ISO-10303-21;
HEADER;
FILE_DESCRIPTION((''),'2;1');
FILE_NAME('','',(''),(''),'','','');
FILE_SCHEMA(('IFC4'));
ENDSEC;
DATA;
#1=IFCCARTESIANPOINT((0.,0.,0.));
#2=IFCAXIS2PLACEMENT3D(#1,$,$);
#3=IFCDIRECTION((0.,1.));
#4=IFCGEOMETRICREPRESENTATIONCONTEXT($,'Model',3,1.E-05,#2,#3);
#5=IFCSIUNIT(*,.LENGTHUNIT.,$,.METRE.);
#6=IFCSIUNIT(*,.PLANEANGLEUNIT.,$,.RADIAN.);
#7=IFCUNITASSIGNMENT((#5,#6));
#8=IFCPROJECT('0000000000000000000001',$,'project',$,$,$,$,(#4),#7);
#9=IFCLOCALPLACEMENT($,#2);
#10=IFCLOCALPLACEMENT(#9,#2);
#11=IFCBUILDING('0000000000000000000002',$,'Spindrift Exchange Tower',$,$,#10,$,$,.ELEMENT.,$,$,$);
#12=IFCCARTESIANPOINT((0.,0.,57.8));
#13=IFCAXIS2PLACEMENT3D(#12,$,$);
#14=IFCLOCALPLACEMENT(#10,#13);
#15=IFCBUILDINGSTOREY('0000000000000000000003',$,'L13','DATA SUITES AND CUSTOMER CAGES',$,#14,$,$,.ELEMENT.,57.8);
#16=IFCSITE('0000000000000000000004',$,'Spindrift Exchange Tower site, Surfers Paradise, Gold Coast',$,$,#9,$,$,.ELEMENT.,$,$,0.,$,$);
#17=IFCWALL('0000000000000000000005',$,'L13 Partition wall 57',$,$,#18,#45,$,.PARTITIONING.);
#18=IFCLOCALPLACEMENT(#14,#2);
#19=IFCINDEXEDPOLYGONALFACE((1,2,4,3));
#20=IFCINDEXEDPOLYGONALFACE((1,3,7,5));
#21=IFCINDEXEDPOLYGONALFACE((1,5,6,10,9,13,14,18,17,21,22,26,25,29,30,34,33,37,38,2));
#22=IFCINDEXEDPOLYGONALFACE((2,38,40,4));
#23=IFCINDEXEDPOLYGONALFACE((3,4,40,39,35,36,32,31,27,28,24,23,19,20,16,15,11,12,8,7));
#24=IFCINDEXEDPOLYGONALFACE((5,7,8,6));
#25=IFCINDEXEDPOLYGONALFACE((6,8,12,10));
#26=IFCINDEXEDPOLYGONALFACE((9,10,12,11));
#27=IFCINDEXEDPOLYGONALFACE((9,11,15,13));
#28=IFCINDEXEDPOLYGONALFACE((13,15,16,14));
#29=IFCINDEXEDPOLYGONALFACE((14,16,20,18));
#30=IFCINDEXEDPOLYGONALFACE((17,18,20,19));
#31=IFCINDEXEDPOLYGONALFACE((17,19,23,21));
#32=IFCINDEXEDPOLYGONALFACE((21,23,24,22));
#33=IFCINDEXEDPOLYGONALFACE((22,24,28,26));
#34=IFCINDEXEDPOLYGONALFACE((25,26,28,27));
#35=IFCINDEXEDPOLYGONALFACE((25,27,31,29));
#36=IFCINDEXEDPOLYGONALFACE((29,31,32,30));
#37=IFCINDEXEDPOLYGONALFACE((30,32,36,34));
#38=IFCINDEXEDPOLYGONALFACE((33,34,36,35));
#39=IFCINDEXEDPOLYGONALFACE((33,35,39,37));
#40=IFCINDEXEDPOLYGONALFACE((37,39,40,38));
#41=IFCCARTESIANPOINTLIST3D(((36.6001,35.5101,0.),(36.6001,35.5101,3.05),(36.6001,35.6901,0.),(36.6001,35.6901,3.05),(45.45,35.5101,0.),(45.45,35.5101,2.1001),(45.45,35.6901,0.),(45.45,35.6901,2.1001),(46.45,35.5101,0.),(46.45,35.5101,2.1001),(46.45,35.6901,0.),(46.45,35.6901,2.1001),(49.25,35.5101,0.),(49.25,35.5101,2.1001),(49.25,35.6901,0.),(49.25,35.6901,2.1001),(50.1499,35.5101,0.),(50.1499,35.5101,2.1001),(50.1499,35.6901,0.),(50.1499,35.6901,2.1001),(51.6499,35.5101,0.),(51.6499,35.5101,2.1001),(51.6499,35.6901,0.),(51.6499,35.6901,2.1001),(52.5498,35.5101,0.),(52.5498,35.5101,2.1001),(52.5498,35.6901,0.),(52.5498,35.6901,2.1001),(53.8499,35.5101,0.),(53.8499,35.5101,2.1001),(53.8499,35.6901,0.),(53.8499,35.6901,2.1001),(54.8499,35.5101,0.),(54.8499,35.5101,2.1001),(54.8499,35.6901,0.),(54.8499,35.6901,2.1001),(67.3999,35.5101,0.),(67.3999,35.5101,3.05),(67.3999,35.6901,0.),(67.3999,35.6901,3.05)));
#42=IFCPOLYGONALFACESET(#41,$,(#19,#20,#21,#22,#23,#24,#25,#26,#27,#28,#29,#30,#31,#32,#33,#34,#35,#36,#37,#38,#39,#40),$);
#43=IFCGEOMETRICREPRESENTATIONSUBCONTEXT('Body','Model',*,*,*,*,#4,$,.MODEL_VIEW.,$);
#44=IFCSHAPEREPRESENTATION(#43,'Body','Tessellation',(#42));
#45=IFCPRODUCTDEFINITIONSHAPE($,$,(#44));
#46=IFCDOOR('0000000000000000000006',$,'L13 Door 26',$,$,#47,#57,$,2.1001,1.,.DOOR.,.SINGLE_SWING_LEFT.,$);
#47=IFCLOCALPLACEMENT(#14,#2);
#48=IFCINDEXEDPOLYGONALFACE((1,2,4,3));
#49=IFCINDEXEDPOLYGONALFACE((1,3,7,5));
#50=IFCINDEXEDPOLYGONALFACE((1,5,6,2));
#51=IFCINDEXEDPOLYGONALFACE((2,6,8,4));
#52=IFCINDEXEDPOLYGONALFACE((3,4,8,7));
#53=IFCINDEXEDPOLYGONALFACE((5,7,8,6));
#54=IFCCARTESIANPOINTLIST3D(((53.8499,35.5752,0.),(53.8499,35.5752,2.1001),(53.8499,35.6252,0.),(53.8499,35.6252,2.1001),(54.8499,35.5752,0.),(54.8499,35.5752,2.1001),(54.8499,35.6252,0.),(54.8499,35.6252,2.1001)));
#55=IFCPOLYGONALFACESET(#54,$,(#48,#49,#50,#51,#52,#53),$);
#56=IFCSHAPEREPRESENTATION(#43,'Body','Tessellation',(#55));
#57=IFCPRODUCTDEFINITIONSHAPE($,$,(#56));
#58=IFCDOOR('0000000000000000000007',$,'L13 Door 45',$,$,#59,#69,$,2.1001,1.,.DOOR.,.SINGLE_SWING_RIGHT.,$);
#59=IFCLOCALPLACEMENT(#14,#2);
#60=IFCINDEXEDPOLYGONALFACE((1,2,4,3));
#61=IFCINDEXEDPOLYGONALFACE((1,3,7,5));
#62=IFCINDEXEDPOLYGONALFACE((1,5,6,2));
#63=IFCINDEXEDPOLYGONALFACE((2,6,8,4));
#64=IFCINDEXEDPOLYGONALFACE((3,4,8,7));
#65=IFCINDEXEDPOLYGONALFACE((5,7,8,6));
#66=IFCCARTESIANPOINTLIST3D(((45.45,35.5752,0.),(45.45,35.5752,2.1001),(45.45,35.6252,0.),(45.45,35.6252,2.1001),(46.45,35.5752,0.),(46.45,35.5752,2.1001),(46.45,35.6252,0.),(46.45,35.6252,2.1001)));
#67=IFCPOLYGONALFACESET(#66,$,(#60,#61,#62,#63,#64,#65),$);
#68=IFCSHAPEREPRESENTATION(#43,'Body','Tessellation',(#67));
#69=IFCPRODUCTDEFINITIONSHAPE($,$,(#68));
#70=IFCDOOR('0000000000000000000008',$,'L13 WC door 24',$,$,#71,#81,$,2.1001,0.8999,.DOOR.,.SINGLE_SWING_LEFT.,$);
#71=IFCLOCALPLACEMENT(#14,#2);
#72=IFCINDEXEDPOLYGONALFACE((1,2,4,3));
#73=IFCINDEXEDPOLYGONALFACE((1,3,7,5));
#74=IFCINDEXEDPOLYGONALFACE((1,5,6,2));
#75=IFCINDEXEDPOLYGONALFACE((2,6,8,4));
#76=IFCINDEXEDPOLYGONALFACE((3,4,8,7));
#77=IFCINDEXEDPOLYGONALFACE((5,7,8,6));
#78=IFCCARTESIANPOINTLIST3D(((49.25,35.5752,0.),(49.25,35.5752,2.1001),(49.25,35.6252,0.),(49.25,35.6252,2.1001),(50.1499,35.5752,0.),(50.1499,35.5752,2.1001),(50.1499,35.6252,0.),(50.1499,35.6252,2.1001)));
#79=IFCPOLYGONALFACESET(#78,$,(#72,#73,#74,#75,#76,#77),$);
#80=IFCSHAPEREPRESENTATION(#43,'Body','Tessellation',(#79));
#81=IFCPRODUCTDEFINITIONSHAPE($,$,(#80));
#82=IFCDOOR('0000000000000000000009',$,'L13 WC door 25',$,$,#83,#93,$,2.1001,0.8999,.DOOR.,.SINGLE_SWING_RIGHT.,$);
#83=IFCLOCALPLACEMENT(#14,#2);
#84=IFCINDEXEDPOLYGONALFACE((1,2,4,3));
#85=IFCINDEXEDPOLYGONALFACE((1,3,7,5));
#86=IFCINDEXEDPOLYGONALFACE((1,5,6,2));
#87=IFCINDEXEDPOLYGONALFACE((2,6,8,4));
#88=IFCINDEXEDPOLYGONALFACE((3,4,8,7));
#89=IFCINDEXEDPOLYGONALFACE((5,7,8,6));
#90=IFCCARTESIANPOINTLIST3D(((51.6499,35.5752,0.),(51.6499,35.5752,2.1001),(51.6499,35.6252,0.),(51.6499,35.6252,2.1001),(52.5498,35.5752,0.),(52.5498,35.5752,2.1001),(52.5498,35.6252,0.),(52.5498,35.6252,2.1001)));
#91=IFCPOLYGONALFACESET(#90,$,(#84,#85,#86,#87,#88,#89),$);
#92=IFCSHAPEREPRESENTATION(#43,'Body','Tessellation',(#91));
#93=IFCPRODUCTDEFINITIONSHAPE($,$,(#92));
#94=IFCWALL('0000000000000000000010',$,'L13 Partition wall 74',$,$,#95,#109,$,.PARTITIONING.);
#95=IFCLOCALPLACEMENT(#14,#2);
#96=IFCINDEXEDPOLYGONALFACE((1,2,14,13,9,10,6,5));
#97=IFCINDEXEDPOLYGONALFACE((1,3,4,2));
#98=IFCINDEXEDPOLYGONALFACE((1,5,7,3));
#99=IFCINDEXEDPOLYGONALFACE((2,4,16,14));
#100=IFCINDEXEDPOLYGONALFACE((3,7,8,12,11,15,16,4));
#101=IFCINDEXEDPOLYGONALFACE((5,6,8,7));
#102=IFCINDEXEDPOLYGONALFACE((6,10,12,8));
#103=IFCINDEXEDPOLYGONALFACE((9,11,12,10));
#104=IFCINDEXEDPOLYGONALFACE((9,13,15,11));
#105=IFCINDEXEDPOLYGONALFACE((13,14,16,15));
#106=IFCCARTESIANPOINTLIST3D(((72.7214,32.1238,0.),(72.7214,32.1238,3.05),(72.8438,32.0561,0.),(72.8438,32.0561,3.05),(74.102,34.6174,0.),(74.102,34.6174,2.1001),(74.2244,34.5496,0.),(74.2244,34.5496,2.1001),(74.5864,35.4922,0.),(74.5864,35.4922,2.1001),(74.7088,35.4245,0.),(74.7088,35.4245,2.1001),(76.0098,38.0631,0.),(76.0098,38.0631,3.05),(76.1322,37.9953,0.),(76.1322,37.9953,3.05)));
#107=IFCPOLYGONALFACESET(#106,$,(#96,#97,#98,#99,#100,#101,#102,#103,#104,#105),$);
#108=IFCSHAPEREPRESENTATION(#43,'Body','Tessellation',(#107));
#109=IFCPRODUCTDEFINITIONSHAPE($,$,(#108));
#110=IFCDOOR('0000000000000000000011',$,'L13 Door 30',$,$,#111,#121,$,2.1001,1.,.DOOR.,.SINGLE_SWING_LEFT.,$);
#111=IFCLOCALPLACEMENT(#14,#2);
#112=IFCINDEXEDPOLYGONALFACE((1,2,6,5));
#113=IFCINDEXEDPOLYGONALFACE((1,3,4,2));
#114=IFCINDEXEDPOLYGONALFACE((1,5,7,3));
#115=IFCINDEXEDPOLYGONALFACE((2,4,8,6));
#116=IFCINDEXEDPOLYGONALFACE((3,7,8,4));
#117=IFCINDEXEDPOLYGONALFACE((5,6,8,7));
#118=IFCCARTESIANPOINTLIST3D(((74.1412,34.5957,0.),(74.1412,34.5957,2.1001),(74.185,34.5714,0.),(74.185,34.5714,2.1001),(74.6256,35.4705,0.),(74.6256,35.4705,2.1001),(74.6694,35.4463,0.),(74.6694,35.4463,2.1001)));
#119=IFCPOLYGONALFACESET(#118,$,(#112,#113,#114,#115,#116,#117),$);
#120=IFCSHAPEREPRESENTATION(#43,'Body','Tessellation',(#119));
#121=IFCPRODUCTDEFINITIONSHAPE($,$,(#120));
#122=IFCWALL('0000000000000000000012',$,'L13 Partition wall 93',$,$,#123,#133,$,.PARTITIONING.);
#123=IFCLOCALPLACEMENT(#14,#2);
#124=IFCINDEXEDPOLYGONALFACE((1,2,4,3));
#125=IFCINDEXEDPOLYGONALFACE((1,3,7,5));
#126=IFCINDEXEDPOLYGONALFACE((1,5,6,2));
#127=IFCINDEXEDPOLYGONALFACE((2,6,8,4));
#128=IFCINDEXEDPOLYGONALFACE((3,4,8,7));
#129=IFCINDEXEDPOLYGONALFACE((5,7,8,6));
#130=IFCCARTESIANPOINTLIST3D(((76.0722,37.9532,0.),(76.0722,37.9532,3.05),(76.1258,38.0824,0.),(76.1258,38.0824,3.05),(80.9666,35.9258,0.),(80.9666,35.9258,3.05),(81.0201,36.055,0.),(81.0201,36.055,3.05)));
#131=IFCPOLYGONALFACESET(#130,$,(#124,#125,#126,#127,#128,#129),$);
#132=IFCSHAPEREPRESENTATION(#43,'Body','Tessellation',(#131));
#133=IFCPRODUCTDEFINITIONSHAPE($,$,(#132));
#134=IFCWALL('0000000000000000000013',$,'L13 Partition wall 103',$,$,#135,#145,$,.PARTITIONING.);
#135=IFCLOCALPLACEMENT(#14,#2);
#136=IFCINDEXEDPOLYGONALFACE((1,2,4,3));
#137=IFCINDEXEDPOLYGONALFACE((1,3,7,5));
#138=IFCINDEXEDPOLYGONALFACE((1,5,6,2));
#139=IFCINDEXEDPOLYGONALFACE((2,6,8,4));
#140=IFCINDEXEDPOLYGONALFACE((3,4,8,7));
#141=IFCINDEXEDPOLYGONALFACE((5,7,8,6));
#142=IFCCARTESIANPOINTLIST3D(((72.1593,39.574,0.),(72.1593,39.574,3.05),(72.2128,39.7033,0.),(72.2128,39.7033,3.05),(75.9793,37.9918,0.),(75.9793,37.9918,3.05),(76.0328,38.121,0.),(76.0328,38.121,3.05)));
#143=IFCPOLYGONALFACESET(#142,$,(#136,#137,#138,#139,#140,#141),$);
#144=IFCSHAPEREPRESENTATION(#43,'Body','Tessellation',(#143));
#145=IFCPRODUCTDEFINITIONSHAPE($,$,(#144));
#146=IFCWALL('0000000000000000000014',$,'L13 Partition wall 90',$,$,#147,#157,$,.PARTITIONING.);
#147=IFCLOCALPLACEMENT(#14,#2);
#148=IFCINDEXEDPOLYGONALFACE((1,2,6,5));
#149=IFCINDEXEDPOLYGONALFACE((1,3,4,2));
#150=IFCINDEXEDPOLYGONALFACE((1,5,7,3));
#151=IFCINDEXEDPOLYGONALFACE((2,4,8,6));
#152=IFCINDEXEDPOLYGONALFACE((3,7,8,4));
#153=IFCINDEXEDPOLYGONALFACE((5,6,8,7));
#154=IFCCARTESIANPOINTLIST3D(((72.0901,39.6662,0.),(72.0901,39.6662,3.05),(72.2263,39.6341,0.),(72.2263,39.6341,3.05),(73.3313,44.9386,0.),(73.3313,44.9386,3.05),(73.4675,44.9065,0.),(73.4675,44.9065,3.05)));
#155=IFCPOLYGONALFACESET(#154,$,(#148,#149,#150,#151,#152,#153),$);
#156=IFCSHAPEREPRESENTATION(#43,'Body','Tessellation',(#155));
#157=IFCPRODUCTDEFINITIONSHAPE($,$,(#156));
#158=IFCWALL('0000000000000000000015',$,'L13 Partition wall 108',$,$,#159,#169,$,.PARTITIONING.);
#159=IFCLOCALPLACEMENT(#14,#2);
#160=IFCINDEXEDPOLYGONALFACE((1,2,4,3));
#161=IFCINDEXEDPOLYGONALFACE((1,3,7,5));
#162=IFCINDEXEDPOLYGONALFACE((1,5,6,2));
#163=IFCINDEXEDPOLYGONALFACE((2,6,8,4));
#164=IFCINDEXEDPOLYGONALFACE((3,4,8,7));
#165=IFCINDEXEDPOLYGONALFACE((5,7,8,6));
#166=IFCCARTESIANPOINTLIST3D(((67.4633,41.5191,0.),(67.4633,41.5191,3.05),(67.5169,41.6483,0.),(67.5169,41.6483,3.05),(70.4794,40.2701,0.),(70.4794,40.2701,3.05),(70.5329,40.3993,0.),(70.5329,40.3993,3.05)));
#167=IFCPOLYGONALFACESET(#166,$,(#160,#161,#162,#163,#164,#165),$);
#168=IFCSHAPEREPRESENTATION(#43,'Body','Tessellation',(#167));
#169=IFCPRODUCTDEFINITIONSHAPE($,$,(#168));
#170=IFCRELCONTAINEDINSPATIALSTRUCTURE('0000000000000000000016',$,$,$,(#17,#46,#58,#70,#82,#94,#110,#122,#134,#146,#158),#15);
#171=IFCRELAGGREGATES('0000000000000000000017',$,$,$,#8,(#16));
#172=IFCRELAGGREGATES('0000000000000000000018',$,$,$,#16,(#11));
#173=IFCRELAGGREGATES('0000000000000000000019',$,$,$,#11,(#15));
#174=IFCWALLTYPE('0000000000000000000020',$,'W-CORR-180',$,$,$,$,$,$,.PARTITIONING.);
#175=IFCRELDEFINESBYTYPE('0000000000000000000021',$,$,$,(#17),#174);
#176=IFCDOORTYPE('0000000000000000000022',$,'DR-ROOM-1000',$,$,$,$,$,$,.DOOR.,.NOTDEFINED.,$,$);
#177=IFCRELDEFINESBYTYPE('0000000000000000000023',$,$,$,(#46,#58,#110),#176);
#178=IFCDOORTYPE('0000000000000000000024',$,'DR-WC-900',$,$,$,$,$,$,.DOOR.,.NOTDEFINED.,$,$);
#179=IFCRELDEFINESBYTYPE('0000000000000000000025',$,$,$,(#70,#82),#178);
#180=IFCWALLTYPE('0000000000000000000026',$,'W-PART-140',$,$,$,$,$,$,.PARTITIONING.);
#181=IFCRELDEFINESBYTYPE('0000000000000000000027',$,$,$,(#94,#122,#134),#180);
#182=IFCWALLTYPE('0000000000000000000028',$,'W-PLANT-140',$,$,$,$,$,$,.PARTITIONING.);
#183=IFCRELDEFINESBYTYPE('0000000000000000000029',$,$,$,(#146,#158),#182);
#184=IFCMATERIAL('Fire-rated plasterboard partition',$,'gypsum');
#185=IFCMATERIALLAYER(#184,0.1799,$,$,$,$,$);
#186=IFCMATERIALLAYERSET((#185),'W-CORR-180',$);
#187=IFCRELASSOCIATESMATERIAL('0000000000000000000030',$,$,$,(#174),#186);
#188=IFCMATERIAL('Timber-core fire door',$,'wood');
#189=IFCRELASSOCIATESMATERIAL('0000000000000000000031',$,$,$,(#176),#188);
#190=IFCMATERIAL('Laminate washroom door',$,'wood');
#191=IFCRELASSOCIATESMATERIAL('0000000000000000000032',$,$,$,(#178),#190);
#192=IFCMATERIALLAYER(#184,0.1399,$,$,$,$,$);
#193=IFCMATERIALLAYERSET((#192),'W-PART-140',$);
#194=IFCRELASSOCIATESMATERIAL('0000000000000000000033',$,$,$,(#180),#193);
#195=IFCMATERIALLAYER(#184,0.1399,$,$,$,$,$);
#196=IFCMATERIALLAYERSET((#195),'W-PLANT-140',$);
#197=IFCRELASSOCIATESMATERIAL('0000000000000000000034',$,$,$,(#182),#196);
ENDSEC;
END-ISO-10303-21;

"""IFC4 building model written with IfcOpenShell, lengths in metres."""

from ifc_helpers import new_model, si_unit, direction, frame, frame_2d, origin, place, context, subcontext, project, spatial, rectangle, extrude, source, transform, mapped, material, layer, layer_set, type_object, element, fill, save


model = new_model("IFC4")

# Units and contexts
model_context = context("Model", 3, precision=1e-05, world=origin(), true_north=direction((0.0, 1.0)))
body_context = subcontext(model_context, "Body", "Model", "MODEL_VIEW")
ifc_project = project(units=[si_unit("LENGTHUNIT", "METRE"), si_unit("PLANEANGLEUNIT", "RADIAN")], contexts=[model_context])

# Site, building, storey
site_placement = place(None, origin())
site = spatial("IfcSite", under=ifc_project, at=site_placement, Name="Spindrift Exchange Tower site, Surfers Paradise, Gold Coast", CompositionType="ELEMENT", RefElevation=0.0)
building_placement = place(site_placement, origin())
building = spatial("IfcBuilding", under=site, at=building_placement, Name="Spindrift Exchange Tower", CompositionType="ELEMENT")
storey_placement = place(building_placement, frame((0.0, 0.0, 57.8)))
storey = spatial("IfcBuildingStorey", under=building, at=storey_placement, Name="L13", Description="DATA SUITES AND CUSTOMER CAGES", CompositionType="ELEMENT", Elevation=57.8)

# Wall, openings, doors
ifc_material_1 = material(Name="Fire-rated plasterboard partition", Category="gypsum")
ifc_layer_1 = layer(ifc_material_1, 0.1799)
ifc_layer_set_1 = layer_set([ifc_layer_1], Name="W-CORR-180")
wall_type_1 = type_object("IfcWallType", Name="W-CORR-180", PredefinedType="PARTITIONING", material=ifc_layer_set_1)
wall_1_placement = place(storey_placement, frame((67.3999, 35.6001, 0.0), z_axis=(0.0, 0.0, 1.0), x_axis=(-1.0, 0.0, 0.0)))
wall_1 = element("IfcWall", 1, at=wall_1_placement, inside=storey, type_object=wall_type_1, Name="L13 Partition wall 57", PredefinedType="PARTITIONING", context=body_context, shape_type="SweptSolid", body=[
    extrude(rectangle(XDim=30.7998, YDim=0.1799, at=frame_2d((15.3999, 0.0))), origin(), (0.0, 0.0, 1.0), 3.05),
])
opening_1_placement = place(wall_1_placement, frame((17.25, 0.0, 0.0)))
opening_1 = element("IfcOpeningElement", 2, at=opening_1_placement, cuts=wall_1, PredefinedType="OPENING", context=body_context, shape_type="SweptSolid", body=[
    extrude(rectangle(XDim=0.8999, YDim=2.1001, at=frame_2d((0.45, 1.05))), frame((0.0, 0.0999, 0.0), z_axis=(0.0, -1.0, 0.0), x_axis=(1.0, 0.0, 0.0)), (0.0, 0.0, 1.0), 0.2),
])
opening_2_placement = place(wall_1_placement, frame((14.8501, 0.0, 0.0)))
opening_2 = element("IfcOpeningElement", 3, at=opening_2_placement, cuts=wall_1, PredefinedType="OPENING", context=body_context, shape_type="SweptSolid", body=[
    extrude(rectangle(XDim=0.8999, YDim=2.1001, at=frame_2d((0.45, 1.05))), frame((0.0, 0.0999, 0.0), z_axis=(0.0, -1.0, 0.0), x_axis=(1.0, 0.0, 0.0)), (0.0, 0.0, 1.0), 0.2),
])
opening_3_placement = place(wall_1_placement, frame((12.55, 0.0, 0.0)))
opening_3 = element("IfcOpeningElement", 4, at=opening_3_placement, cuts=wall_1, PredefinedType="OPENING", context=body_context, shape_type="SweptSolid", body=[
    extrude(rectangle(XDim=1.0, YDim=2.1001, at=frame_2d((0.5, 1.05))), frame((0.0, 0.0999, 0.0), z_axis=(0.0, -1.0, 0.0), x_axis=(1.0, 0.0, 0.0)), (0.0, 0.0, 1.0), 0.2),
])
opening_4_placement = place(wall_1_placement, frame((20.95, 0.0, 0.0)))
opening_4 = element("IfcOpeningElement", 5, at=opening_4_placement, cuts=wall_1, PredefinedType="OPENING", context=body_context, shape_type="SweptSolid", body=[
    extrude(rectangle(XDim=1.0, YDim=2.1001, at=frame_2d((0.5, 1.05))), frame((0.0, 0.0999, 0.0), z_axis=(0.0, -1.0, 0.0), x_axis=(1.0, 0.0, 0.0)), (0.0, 0.0, 1.0), 0.2),
])
ifc_material_2 = material(Name="Timber-core fire door", Category="wood")
door_type_1 = type_object("IfcDoorType", Name="DR-ROOM-1000", OperationType="NOTDEFINED", PredefinedType="DOOR", material=ifc_material_2)
shared_shape_1 = source(origin(), body_context, "Body", "SweptSolid", [
    extrude(rectangle(XDim=1.0, YDim=2.1001, at=frame_2d((0.5, 1.05))), frame((0.0, 0.0249, 0.0), z_axis=(0.0, -1.0, 0.0), x_axis=(1.0, 0.0, 0.0)), (0.0, 0.0, 1.0), 0.05),
])
door_1_placement = place(opening_3_placement, origin())
door_1 = element("IfcDoor", 6, at=door_1_placement, inside=storey, type_object=door_type_1, Name="L13 Door 26", OperationType="SINGLE_SWING_LEFT", OverallHeight=2.1001, OverallWidth=1.0, PredefinedType="DOOR", context=body_context, shape_type="MappedRepresentation", body=[
    mapped(shared_shape_1, transform((0.0, 0.0, 0.0), scale=1.0)),
])
fill(opening_3, door_1)
door_2_placement = place(opening_4_placement, origin())
door_2 = element("IfcDoor", 7, at=door_2_placement, inside=storey, type_object=door_type_1, Name="L13 Door 45", OperationType="SINGLE_SWING_RIGHT", OverallHeight=2.1001, OverallWidth=1.0, PredefinedType="DOOR", context=body_context, shape_type="MappedRepresentation", body=[
    mapped(shared_shape_1, transform((0.0, 0.0, 0.0), scale=1.0)),
])
fill(opening_4, door_2)
ifc_material_3 = material(Name="Laminate washroom door", Category="wood")
door_type_2 = type_object("IfcDoorType", Name="DR-WC-900", OperationType="NOTDEFINED", PredefinedType="DOOR", material=ifc_material_3)
shared_shape_2 = source(origin(), body_context, "Body", "SweptSolid", [
    extrude(rectangle(XDim=0.8999, YDim=2.1001, at=frame_2d((0.45, 1.05))), frame((0.0, 0.0249, 0.0), z_axis=(0.0, -1.0, 0.0), x_axis=(1.0, 0.0, 0.0)), (0.0, 0.0, 1.0), 0.05),
])
door_3_placement = place(opening_1_placement, origin())
door_3 = element("IfcDoor", 8, at=door_3_placement, inside=storey, type_object=door_type_2, Name="L13 WC door 24", OperationType="SINGLE_SWING_LEFT", OverallHeight=2.1001, OverallWidth=0.8999, PredefinedType="DOOR", context=body_context, shape_type="MappedRepresentation", body=[
    mapped(shared_shape_2, transform((0.0, 0.0, 0.0), scale=1.0)),
])
fill(opening_1, door_3)
door_4_placement = place(opening_2_placement, origin())
door_4 = element("IfcDoor", 9, at=door_4_placement, inside=storey, type_object=door_type_2, Name="L13 WC door 25", OperationType="SINGLE_SWING_RIGHT", OverallHeight=2.1001, OverallWidth=0.8999, PredefinedType="DOOR", context=body_context, shape_type="MappedRepresentation", body=[
    mapped(shared_shape_2, transform((0.0, 0.0, 0.0), scale=1.0)),
])
fill(opening_2, door_4)

# Wall, opening, door
ifc_layer_2 = layer(ifc_material_1, 0.1399)
ifc_layer_set_2 = layer_set([ifc_layer_2], Name="W-PART-140")
wall_type_2 = type_object("IfcWallType", Name="W-PART-140", PredefinedType="PARTITIONING", material=ifc_layer_set_2)
wall_2_placement = place(storey_placement, frame((76.071, 38.0293, 0.0), z_axis=(0.0, 0.0, 1.0), x_axis=(-0.484378, -0.874859, 0.0)))
wall_2 = element("IfcWall", 10, at=wall_2_placement, inside=storey, type_object=wall_type_2, Name="L13 Partition wall 74", PredefinedType="PARTITIONING", context=body_context, shape_type="SweptSolid", body=[
    extrude(rectangle(XDim=6.7888, YDim=0.1399, at=frame_2d((3.3945, 0.0))), origin(), (0.0, 0.0, 1.0), 3.05),
])
opening_5_placement = place(wall_2_placement, frame((2.9387, 0.0, 0.0)))
opening_5 = element("IfcOpeningElement", 11, at=opening_5_placement, cuts=wall_2, PredefinedType="OPENING", context=body_context, shape_type="SweptSolid", body=[
    extrude(rectangle(XDim=1.0, YDim=2.1001, at=frame_2d((0.5, 1.05))), frame((0.0, 0.0798, 0.0), z_axis=(0.0, -1.0, 0.0), x_axis=(1.0, 0.0, 0.0)), (0.0, 0.0, 1.0), 0.1599),
])
door_5_placement = place(opening_5_placement, origin())
door_5 = element("IfcDoor", 12, at=door_5_placement, inside=storey, type_object=door_type_1, Name="L13 Door 30", OperationType="SINGLE_SWING_LEFT", OverallHeight=2.1001, OverallWidth=1.0, PredefinedType="DOOR", context=body_context, shape_type="MappedRepresentation", body=[
    mapped(shared_shape_1, transform((0.0, 0.0, 0.0), scale=1.0)),
])
fill(opening_5, door_5)

# Walls
wall_3_placement = place(storey_placement, frame((76.0989, 38.0178, 0.0), z_axis=(0.0, 0.0, 1.0), x_axis=(0.923875, -0.382694, 0.0)))
element("IfcWall", 13, at=wall_3_placement, inside=storey, type_object=wall_type_2, Name="L13 Partition wall 93", PredefinedType="PARTITIONING", context=body_context, shape_type="SweptSolid", body=[
    extrude(rectangle(XDim=5.2976, YDim=0.1399, at=frame_2d((2.6489, 0.0))), origin(), (0.0, 0.0, 1.0), 3.05),
])
wall_4_placement = place(storey_placement, frame((72.186, 39.6387, 0.0), z_axis=(0.0, 0.0, 1.0), x_axis=(0.923884, -0.382673, 0.0)))
element("IfcWall", 14, at=wall_4_placement, inside=storey, type_object=wall_type_2, Name="L13 Partition wall 103", PredefinedType="PARTITIONING", context=body_context, shape_type="SweptSolid", body=[
    extrude(rectangle(XDim=4.1348, YDim=0.1399, at=frame_2d((2.0674, 0.0))), origin(), (0.0, 0.0, 1.0), 3.05),
])
ifc_layer_3 = layer(ifc_material_1, 0.1399)
ifc_layer_set_3 = layer_set([ifc_layer_3], Name="W-PLANT-140")
wall_type_3 = type_object("IfcWallType", Name="W-PLANT-140", PredefinedType="PARTITIONING", material=ifc_layer_set_3)
wall_5_placement = place(storey_placement, frame((72.1582, 39.6501, 0.0), z_axis=(0.0, 0.0, 1.0), x_axis=(0.22915, 0.973391, 0.0)))
element("IfcWall", 15, at=wall_5_placement, inside=storey, type_object=wall_type_3, Name="L13 Partition wall 90", PredefinedType="PARTITIONING", context=body_context, shape_type="SweptSolid", body=[
    extrude(rectangle(XDim=5.4165, YDim=0.1399, at=frame_2d((2.7083, 0.0))), origin(), (0.0, 0.0, 1.0), 3.05),
])
wall_6_placement = place(storey_placement, frame((67.49, 41.5837, 0.0), z_axis=(0.0, 0.0, 1.0), x_axis=(0.923911, -0.382607, 0.0)))
element("IfcWall", 16, at=wall_6_placement, inside=storey, type_object=wall_type_3, Name="L13 Partition wall 108", PredefinedType="PARTITIONING", context=body_context, shape_type="SweptSolid", body=[
    extrude(rectangle(XDim=3.2644, YDim=0.1399, at=frame_2d((1.6323, 0.0))), origin(), (0.0, 0.0, 1.0), 3.05),
])

save(model, "model.ifc")
